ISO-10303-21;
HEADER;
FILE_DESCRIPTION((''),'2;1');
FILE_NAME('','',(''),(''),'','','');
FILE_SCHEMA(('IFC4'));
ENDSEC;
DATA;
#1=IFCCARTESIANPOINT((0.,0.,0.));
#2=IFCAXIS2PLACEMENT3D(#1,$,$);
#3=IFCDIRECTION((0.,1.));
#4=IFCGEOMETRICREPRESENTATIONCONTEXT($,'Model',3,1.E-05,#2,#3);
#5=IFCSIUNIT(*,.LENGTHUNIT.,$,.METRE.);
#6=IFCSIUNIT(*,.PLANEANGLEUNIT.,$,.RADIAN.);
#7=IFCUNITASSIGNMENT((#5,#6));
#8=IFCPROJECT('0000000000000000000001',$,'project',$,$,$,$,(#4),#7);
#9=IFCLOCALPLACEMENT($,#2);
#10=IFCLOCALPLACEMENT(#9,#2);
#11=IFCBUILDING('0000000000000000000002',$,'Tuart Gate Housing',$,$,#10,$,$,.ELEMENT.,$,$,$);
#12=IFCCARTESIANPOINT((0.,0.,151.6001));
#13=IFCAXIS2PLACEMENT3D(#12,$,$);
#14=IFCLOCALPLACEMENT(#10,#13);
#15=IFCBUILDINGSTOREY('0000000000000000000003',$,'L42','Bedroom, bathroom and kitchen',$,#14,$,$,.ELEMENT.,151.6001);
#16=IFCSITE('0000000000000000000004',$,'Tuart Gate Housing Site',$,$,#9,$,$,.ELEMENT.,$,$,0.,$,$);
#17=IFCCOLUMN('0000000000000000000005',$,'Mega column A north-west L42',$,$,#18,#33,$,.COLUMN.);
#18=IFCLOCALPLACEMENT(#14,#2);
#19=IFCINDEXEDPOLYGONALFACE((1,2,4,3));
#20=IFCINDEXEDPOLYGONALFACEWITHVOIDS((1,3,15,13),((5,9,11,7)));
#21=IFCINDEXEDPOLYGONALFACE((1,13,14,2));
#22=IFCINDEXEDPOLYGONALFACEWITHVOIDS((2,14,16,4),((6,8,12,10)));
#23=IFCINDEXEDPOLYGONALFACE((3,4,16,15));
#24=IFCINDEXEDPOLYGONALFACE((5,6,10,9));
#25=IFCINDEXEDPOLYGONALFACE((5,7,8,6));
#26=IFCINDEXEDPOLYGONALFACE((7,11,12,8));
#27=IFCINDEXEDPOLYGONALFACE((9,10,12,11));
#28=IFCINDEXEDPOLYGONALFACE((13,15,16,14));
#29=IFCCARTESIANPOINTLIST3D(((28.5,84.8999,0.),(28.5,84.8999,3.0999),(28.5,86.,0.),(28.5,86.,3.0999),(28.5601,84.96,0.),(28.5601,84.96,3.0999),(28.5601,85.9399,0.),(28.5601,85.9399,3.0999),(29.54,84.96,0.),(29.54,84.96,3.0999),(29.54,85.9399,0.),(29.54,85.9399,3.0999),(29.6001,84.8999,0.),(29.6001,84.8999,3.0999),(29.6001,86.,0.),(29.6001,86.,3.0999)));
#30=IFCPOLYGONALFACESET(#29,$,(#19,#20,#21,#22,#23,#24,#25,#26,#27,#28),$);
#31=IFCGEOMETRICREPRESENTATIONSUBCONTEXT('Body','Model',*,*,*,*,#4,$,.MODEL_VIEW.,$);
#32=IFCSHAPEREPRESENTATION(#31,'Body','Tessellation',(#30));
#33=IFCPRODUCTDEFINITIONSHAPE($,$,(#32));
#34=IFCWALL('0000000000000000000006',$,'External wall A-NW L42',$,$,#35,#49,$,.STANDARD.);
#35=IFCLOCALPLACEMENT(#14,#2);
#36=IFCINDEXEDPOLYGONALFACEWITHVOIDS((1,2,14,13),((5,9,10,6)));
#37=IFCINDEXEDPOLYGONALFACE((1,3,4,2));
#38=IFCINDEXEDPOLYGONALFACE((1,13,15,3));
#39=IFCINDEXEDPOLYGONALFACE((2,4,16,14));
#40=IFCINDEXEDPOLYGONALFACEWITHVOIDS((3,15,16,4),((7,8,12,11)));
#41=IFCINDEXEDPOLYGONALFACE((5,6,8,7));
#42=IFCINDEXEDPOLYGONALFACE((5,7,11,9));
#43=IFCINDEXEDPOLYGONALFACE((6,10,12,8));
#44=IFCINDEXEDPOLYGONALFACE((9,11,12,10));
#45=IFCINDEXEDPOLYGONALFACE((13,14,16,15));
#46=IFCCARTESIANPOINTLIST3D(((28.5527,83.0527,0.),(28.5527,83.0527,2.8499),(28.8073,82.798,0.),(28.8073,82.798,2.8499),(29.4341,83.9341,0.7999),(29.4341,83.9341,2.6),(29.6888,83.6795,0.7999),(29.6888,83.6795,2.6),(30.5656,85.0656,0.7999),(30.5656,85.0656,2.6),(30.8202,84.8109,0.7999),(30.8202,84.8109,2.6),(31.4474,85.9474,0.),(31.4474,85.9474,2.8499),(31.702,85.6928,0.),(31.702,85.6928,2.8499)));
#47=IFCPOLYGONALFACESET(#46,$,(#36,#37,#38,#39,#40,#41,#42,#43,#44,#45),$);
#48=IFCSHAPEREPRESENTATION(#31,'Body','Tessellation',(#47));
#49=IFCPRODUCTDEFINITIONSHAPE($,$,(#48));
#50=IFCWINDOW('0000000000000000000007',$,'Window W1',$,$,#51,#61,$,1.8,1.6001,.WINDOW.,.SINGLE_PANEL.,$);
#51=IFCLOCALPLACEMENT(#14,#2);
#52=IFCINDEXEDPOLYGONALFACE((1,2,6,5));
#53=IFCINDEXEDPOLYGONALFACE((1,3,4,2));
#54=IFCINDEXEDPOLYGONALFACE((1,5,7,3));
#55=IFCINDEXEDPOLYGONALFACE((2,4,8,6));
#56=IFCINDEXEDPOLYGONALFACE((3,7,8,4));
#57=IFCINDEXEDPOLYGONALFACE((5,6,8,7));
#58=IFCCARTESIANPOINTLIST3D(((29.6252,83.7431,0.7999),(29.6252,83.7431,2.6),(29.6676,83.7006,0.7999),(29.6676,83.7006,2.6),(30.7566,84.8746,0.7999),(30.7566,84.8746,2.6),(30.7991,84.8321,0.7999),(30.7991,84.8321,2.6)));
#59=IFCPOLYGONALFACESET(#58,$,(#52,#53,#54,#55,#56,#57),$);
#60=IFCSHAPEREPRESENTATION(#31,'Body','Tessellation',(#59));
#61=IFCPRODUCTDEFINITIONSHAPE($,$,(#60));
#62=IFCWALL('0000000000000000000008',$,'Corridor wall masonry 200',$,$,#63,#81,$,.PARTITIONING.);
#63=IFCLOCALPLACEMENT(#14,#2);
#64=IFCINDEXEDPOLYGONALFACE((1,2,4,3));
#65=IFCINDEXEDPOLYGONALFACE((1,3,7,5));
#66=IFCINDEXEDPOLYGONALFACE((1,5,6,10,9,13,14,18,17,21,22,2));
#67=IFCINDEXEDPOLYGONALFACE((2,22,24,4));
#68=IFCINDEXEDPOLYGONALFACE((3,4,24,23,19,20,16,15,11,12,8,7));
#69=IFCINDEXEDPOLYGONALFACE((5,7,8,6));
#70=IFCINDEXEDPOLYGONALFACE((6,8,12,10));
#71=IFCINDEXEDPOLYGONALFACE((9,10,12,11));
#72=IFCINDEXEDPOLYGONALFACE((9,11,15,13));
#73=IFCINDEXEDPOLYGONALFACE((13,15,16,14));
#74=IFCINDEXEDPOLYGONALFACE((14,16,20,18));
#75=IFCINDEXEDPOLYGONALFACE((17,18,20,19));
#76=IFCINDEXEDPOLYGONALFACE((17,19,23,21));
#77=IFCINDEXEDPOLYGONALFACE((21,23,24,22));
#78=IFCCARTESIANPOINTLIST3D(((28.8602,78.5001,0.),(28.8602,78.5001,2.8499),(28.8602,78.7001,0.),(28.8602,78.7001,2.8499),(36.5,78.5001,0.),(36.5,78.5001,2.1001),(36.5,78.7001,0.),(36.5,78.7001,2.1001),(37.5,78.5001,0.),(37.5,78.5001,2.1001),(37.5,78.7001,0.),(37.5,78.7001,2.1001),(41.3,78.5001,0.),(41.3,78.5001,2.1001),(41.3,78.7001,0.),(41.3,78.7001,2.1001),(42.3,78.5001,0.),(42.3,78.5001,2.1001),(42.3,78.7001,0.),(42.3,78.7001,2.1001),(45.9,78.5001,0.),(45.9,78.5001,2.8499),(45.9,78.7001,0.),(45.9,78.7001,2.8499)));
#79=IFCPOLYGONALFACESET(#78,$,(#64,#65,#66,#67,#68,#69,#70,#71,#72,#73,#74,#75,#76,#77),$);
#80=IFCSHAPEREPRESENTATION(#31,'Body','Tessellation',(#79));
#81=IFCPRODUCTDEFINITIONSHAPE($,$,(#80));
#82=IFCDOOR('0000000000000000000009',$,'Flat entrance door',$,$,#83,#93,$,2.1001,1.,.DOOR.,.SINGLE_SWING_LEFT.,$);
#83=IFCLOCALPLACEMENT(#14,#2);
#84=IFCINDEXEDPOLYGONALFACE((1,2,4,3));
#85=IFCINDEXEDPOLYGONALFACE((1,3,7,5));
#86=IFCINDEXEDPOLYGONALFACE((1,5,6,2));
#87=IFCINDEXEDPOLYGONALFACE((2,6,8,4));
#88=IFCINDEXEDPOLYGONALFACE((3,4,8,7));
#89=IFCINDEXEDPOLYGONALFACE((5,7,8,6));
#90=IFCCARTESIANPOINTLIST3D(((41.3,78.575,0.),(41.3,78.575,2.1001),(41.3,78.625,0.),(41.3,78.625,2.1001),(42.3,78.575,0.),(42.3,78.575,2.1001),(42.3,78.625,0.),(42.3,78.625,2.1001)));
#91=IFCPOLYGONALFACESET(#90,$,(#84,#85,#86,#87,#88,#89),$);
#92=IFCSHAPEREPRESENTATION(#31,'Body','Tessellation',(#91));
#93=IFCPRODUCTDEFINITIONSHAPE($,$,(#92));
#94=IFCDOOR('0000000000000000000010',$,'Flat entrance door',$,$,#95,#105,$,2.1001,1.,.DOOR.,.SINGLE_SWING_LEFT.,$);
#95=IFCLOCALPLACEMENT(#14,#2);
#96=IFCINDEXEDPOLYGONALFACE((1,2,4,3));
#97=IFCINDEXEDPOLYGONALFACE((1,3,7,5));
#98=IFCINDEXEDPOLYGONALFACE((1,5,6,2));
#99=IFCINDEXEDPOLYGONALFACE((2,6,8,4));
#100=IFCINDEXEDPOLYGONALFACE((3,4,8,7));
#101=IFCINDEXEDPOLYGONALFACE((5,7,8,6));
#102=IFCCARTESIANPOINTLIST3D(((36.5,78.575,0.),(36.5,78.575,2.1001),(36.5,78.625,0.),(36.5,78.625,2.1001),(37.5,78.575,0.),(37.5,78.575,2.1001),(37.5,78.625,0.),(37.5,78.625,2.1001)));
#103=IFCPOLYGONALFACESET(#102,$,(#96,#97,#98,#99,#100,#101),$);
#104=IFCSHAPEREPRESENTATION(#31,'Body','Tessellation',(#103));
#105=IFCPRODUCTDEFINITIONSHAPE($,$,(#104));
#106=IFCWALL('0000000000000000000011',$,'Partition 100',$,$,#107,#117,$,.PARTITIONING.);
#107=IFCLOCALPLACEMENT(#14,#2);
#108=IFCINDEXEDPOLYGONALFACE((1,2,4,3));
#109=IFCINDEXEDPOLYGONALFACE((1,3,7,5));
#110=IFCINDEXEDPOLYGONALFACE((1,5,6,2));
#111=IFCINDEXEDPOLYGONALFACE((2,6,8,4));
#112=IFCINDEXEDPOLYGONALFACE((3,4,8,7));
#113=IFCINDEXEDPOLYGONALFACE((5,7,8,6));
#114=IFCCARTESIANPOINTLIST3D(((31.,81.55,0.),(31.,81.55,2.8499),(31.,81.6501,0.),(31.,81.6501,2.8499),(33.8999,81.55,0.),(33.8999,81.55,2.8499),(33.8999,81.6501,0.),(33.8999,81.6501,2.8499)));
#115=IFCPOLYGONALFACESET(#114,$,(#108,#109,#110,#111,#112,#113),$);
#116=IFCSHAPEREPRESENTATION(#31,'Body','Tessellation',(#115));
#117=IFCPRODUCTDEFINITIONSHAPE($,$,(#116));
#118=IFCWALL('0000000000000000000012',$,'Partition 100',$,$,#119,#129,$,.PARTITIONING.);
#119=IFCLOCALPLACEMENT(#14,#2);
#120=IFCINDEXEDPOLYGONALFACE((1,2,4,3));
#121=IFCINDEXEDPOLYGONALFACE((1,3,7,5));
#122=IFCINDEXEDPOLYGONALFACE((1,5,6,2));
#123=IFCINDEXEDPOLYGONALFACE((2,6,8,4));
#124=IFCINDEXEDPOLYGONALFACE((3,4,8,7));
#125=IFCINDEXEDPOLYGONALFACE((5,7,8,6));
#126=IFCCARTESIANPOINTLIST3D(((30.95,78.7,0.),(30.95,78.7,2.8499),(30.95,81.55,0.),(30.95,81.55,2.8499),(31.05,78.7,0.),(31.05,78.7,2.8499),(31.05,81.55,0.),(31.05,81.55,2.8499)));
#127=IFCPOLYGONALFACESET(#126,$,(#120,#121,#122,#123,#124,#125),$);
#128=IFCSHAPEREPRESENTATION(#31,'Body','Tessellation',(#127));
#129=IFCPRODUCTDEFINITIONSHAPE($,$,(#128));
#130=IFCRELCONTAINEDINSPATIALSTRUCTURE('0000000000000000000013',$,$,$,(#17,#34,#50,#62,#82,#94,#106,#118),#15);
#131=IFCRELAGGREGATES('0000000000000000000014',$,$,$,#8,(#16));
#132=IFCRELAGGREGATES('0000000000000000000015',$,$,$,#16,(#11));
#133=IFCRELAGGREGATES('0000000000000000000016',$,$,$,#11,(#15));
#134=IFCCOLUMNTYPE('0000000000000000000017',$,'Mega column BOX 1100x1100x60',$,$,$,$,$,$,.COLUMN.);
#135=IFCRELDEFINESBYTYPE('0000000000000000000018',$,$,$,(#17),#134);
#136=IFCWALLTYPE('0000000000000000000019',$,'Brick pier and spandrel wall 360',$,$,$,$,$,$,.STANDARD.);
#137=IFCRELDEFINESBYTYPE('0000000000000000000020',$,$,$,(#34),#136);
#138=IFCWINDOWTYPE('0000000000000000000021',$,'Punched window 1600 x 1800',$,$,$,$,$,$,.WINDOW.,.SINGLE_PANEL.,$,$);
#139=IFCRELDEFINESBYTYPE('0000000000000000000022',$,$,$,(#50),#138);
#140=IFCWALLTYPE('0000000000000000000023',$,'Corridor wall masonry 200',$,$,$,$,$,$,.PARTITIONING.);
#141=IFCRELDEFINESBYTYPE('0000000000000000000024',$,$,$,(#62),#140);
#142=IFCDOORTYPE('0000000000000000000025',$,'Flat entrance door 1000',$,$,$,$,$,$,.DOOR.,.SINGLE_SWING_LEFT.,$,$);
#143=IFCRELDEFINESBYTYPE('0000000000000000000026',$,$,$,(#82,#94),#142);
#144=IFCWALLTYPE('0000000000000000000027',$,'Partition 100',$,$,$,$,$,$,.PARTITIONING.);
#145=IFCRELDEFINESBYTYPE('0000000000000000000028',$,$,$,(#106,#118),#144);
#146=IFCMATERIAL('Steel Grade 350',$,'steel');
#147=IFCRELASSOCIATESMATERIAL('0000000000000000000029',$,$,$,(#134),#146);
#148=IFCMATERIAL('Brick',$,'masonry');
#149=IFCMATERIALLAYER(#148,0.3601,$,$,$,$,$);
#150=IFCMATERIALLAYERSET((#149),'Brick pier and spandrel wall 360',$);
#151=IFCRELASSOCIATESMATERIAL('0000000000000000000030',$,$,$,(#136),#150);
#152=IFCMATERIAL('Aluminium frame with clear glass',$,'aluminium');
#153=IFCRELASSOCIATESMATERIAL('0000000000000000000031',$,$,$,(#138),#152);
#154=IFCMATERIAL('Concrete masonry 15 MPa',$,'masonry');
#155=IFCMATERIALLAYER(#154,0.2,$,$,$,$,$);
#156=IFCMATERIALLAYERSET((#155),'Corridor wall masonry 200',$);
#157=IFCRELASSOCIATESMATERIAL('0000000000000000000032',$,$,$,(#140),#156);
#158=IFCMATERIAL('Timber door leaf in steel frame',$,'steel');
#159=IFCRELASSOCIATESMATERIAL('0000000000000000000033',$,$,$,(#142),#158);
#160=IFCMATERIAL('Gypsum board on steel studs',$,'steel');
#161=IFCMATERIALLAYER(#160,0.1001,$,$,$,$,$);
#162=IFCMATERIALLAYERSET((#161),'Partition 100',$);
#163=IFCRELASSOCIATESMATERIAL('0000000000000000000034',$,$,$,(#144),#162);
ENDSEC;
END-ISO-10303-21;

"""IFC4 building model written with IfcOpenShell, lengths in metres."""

from ifc_helpers import new_model, si_unit, direction, frame, frame_2d, origin, origin_2d, place, context, subcontext, project, spatial, rectangle, hollow_rectangle, extrude, material, layer, layer_set, material_profile, profile_set, type_object, element, fill, save


model = new_model("IFC4")

# Units and contexts
model_context = context("Model", 3, precision=1e-05, world=origin(), true_north=direction((0.0, 1.0)))
body_context = subcontext(model_context, "Body", "Model", "MODEL_VIEW")
ifc_project = project(units=[si_unit("LENGTHUNIT", "METRE"), si_unit("PLANEANGLEUNIT", "RADIAN")], contexts=[model_context])

# Site, building, storey
site_placement = place(None, origin())
site = spatial("IfcSite", under=ifc_project, at=site_placement, Name="Tuart Gate Housing Site", CompositionType="ELEMENT", RefElevation=0.0)
building_placement = place(site_placement, origin())
building = spatial("IfcBuilding", under=site, at=building_placement, Name="Tuart Gate Housing", CompositionType="ELEMENT")
storey_placement = place(building_placement, frame((0.0, 0.0, 151.6001)))
storey = spatial("IfcBuildingStorey", under=building, at=storey_placement, Name="L42", Description="Bedroom, bathroom and kitchen", CompositionType="ELEMENT", Elevation=151.6001)

# Column
ifc_material_1 = material(Name="Steel Grade 350", Category="steel")
ifc_material_profile = material_profile(ifc_material_1, hollow_rectangle(XDim=1.1001, YDim=1.1001, WallThickness=0.0601, at=origin_2d()), Name="BOX 1100x1100x60")
ifc_profile_set = profile_set([ifc_material_profile], Name="Steel Grade 350")
column_type = type_object("IfcColumnType", Name="Mega column BOX 1100x1100x60", PredefinedType="COLUMN", material=ifc_profile_set)
column_placement = place(storey_placement, frame((29.05, 85.45, 0.0), z_axis=(0.0, 0.0, 1.0), x_axis=(1.0, 0.0, 0.0)))
element("IfcColumn", 1, at=column_placement, inside=storey, type_object=column_type, Name="Mega column A north-west L42", PredefinedType="COLUMN", context=body_context, shape_type="SweptSolid", body=[
    extrude(hollow_rectangle(XDim=1.1001, YDim=1.1001, WallThickness=0.0601, at=origin_2d()), origin(), (0.0, 0.0, 1.0), 3.0999),
])

# Wall, opening, window
ifc_material_2 = material(Name="Brick", Category="masonry")
ifc_layer_1 = layer(ifc_material_2, 0.3601)
ifc_layer_set_1 = layer_set([ifc_layer_1], Name="Brick pier and spandrel wall 360")
wall_type_1 = type_object("IfcWallType", Name="Brick pier and spandrel wall 360", PredefinedType="STANDARD", material=ifc_layer_set_1)
wall_1_placement = place(storey_placement, frame((31.5747, 85.8201, 0.0), z_axis=(0.0, 0.0, 1.0), x_axis=(-0.707107, -0.707107, 0.0)))
wall_1 = element("IfcWall", 2, at=wall_1_placement, inside=storey, type_object=wall_type_1, Name="External wall A-NW L42", PredefinedType="STANDARD", context=body_context, shape_type="SweptSolid", body=[
    extrude(rectangle(XDim=4.0938, YDim=0.3601, at=frame_2d((2.0469, 0.0))), origin(), (0.0, 0.0, 1.0), 2.8499),
])
opening_1_placement = place(wall_1_placement, frame((1.2471, 0.0, 0.8)))
opening_1 = element("IfcOpeningElement", 3, at=opening_1_placement, cuts=wall_1, PredefinedType="OPENING", context=body_context, shape_type="SweptSolid", body=[
    extrude(rectangle(XDim=1.6001, YDim=1.8, at=frame_2d((0.8, 0.8999))), frame((0.0, 0.1899, 0.0), z_axis=(0.0, -1.0, 0.0), x_axis=(1.0, 0.0, 0.0)), (0.0, 0.0, 1.0), 0.3801),
])
ifc_material_3 = material(Name="Aluminium frame with clear glass", Category="aluminium")
window_type_1 = type_object("IfcWindowType", Name="Punched window 1600 x 1800", PartitioningType="SINGLE_PANEL", PredefinedType="WINDOW", material=ifc_material_3)
window_1_placement = place(opening_1_placement, origin())
window_1 = element("IfcWindow", 4, at=window_1_placement, inside=storey, type_object=window_type_1, Name="Window W1", OverallHeight=1.8, OverallWidth=1.6001, PartitioningType="SINGLE_PANEL", PredefinedType="WINDOW", context=body_context, shape_type="SweptSolid", body=[
    extrude(rectangle(XDim=1.6001, YDim=1.8, at=frame_2d((0.8, 0.8999))), frame((0.0, 0.1501, 0.0), z_axis=(0.0, -1.0, 0.0), x_axis=(1.0, 0.0, 0.0)), (0.0, 0.0, 1.0), 0.0601),
])
fill(opening_1, window_1)

# Wall, openings, doors
ifc_material_4 = material(Name="Concrete masonry 15 MPa", Category="masonry")
ifc_layer_2 = layer(ifc_material_4, 0.2)
ifc_layer_set_2 = layer_set([ifc_layer_2], Name="Corridor wall masonry 200")
wall_type_2 = type_object("IfcWallType", Name="Corridor wall masonry 200", PredefinedType="PARTITIONING", material=ifc_layer_set_2)
wall_2_placement = place(storey_placement, frame((28.8601, 78.6001, 0.0), z_axis=(0.0, 0.0, 1.0), x_axis=(1.0, 0.0, 0.0)))
wall_2 = element("IfcWall", 5, at=wall_2_placement, inside=storey, type_object=wall_type_2, Name="Corridor wall masonry 200", PredefinedType="PARTITIONING", context=body_context, shape_type="SweptSolid", body=[
    extrude(rectangle(XDim=17.0398, YDim=0.2, at=frame_2d((8.52, 0.0))), origin(), (0.0, 0.0, 1.0), 2.8499),
])
opening_2_placement = place(wall_2_placement, frame((12.4399, 0.0, 0.0)))
opening_2 = element("IfcOpeningElement", 6, at=opening_2_placement, cuts=wall_2, PredefinedType="OPENING", context=body_context, shape_type="SweptSolid", body=[
    extrude(rectangle(XDim=1.0, YDim=2.1001, at=frame_2d((0.5, 1.05))), frame((0.0, 0.1099, 0.0), z_axis=(0.0, -1.0, 0.0), x_axis=(1.0, 0.0, 0.0)), (0.0, 0.0, 1.0), 0.22),
])
opening_3_placement = place(wall_2_placement, frame((7.6399, 0.0, 0.0)))
opening_3 = element("IfcOpeningElement", 7, at=opening_3_placement, cuts=wall_2, PredefinedType="OPENING", context=body_context, shape_type="SweptSolid", body=[
    extrude(rectangle(XDim=1.0, YDim=2.1001, at=frame_2d((0.5, 1.05))), frame((0.0, 0.1099, 0.0), z_axis=(0.0, -1.0, 0.0), x_axis=(1.0, 0.0, 0.0)), (0.0, 0.0, 1.0), 0.22),
])
ifc_material_5 = material(Name="Timber door leaf in steel frame", Category="steel")
door_type = type_object("IfcDoorType", Name="Flat entrance door 1000", OperationType="SINGLE_SWING_LEFT", PredefinedType="DOOR", material=ifc_material_5)
door_1_placement = place(opening_2_placement, origin())
door_1 = element("IfcDoor", 8, at=door_1_placement, inside=storey, type_object=door_type, Name="Flat entrance door", OperationType="SINGLE_SWING_LEFT", OverallHeight=2.1001, OverallWidth=1.0, PredefinedType="DOOR", context=body_context, shape_type="SweptSolid", body=[
    extrude(rectangle(XDim=1.0, YDim=2.1001, at=frame_2d((0.5, 1.05))), frame((0.0, 0.0249, 0.0), z_axis=(0.0, -1.0, 0.0), x_axis=(1.0, 0.0, 0.0)), (0.0, 0.0, 1.0), 0.05),
])
fill(opening_2, door_1)
door_2_placement = place(opening_3_placement, origin())
door_2 = element("IfcDoor", 9, at=door_2_placement, inside=storey, type_object=door_type, Name="Flat entrance door", OperationType="SINGLE_SWING_LEFT", OverallHeight=2.1001, OverallWidth=1.0, PredefinedType="DOOR", context=body_context, shape_type="SweptSolid", body=[
    extrude(rectangle(XDim=1.0, YDim=2.1001, at=frame_2d((0.5, 1.05))), frame((0.0, 0.0249, 0.0), z_axis=(0.0, -1.0, 0.0), x_axis=(1.0, 0.0, 0.0)), (0.0, 0.0, 1.0), 0.05),
])
fill(opening_3, door_2)

# Walls
ifc_material_6 = material(Name="Gypsum board on steel studs", Category="steel")
ifc_layer_3 = layer(ifc_material_6, 0.1001)
ifc_layer_set_3 = layer_set([ifc_layer_3], Name="Partition 100")
wall_type_3 = type_object("IfcWallType", Name="Partition 100", PredefinedType="PARTITIONING", material=ifc_layer_set_3)
wall_3_placement = place(storey_placement, frame((31.0, 81.6001, 0.0), z_axis=(0.0, 0.0, 1.0), x_axis=(1.0, 0.0, 0.0)))
element("IfcWall", 10, at=wall_3_placement, inside=storey, type_object=wall_type_3, Name="Partition 100", PredefinedType="PARTITIONING", context=body_context, shape_type="SweptSolid", body=[
    extrude(rectangle(XDim=2.8999, YDim=0.1001, at=frame_2d((1.45, 0.0))), origin(), (0.0, 0.0, 1.0), 2.8499),
])
wall_4_placement = place(storey_placement, frame((31.0, 78.7, 0.0), z_axis=(0.0, 0.0, 1.0), x_axis=(0.0, 1.0, 0.0)))
element("IfcWall", 11, at=wall_4_placement, inside=storey, type_object=wall_type_3, Name="Partition 100", PredefinedType="PARTITIONING", context=body_context, shape_type="SweptSolid", body=[
    extrude(rectangle(XDim=2.8501, YDim=0.1001, at=frame_2d((1.425, 0.0))), origin(), (0.0, 0.0, 1.0), 2.8499),
])

save(model, "model.ifc")
